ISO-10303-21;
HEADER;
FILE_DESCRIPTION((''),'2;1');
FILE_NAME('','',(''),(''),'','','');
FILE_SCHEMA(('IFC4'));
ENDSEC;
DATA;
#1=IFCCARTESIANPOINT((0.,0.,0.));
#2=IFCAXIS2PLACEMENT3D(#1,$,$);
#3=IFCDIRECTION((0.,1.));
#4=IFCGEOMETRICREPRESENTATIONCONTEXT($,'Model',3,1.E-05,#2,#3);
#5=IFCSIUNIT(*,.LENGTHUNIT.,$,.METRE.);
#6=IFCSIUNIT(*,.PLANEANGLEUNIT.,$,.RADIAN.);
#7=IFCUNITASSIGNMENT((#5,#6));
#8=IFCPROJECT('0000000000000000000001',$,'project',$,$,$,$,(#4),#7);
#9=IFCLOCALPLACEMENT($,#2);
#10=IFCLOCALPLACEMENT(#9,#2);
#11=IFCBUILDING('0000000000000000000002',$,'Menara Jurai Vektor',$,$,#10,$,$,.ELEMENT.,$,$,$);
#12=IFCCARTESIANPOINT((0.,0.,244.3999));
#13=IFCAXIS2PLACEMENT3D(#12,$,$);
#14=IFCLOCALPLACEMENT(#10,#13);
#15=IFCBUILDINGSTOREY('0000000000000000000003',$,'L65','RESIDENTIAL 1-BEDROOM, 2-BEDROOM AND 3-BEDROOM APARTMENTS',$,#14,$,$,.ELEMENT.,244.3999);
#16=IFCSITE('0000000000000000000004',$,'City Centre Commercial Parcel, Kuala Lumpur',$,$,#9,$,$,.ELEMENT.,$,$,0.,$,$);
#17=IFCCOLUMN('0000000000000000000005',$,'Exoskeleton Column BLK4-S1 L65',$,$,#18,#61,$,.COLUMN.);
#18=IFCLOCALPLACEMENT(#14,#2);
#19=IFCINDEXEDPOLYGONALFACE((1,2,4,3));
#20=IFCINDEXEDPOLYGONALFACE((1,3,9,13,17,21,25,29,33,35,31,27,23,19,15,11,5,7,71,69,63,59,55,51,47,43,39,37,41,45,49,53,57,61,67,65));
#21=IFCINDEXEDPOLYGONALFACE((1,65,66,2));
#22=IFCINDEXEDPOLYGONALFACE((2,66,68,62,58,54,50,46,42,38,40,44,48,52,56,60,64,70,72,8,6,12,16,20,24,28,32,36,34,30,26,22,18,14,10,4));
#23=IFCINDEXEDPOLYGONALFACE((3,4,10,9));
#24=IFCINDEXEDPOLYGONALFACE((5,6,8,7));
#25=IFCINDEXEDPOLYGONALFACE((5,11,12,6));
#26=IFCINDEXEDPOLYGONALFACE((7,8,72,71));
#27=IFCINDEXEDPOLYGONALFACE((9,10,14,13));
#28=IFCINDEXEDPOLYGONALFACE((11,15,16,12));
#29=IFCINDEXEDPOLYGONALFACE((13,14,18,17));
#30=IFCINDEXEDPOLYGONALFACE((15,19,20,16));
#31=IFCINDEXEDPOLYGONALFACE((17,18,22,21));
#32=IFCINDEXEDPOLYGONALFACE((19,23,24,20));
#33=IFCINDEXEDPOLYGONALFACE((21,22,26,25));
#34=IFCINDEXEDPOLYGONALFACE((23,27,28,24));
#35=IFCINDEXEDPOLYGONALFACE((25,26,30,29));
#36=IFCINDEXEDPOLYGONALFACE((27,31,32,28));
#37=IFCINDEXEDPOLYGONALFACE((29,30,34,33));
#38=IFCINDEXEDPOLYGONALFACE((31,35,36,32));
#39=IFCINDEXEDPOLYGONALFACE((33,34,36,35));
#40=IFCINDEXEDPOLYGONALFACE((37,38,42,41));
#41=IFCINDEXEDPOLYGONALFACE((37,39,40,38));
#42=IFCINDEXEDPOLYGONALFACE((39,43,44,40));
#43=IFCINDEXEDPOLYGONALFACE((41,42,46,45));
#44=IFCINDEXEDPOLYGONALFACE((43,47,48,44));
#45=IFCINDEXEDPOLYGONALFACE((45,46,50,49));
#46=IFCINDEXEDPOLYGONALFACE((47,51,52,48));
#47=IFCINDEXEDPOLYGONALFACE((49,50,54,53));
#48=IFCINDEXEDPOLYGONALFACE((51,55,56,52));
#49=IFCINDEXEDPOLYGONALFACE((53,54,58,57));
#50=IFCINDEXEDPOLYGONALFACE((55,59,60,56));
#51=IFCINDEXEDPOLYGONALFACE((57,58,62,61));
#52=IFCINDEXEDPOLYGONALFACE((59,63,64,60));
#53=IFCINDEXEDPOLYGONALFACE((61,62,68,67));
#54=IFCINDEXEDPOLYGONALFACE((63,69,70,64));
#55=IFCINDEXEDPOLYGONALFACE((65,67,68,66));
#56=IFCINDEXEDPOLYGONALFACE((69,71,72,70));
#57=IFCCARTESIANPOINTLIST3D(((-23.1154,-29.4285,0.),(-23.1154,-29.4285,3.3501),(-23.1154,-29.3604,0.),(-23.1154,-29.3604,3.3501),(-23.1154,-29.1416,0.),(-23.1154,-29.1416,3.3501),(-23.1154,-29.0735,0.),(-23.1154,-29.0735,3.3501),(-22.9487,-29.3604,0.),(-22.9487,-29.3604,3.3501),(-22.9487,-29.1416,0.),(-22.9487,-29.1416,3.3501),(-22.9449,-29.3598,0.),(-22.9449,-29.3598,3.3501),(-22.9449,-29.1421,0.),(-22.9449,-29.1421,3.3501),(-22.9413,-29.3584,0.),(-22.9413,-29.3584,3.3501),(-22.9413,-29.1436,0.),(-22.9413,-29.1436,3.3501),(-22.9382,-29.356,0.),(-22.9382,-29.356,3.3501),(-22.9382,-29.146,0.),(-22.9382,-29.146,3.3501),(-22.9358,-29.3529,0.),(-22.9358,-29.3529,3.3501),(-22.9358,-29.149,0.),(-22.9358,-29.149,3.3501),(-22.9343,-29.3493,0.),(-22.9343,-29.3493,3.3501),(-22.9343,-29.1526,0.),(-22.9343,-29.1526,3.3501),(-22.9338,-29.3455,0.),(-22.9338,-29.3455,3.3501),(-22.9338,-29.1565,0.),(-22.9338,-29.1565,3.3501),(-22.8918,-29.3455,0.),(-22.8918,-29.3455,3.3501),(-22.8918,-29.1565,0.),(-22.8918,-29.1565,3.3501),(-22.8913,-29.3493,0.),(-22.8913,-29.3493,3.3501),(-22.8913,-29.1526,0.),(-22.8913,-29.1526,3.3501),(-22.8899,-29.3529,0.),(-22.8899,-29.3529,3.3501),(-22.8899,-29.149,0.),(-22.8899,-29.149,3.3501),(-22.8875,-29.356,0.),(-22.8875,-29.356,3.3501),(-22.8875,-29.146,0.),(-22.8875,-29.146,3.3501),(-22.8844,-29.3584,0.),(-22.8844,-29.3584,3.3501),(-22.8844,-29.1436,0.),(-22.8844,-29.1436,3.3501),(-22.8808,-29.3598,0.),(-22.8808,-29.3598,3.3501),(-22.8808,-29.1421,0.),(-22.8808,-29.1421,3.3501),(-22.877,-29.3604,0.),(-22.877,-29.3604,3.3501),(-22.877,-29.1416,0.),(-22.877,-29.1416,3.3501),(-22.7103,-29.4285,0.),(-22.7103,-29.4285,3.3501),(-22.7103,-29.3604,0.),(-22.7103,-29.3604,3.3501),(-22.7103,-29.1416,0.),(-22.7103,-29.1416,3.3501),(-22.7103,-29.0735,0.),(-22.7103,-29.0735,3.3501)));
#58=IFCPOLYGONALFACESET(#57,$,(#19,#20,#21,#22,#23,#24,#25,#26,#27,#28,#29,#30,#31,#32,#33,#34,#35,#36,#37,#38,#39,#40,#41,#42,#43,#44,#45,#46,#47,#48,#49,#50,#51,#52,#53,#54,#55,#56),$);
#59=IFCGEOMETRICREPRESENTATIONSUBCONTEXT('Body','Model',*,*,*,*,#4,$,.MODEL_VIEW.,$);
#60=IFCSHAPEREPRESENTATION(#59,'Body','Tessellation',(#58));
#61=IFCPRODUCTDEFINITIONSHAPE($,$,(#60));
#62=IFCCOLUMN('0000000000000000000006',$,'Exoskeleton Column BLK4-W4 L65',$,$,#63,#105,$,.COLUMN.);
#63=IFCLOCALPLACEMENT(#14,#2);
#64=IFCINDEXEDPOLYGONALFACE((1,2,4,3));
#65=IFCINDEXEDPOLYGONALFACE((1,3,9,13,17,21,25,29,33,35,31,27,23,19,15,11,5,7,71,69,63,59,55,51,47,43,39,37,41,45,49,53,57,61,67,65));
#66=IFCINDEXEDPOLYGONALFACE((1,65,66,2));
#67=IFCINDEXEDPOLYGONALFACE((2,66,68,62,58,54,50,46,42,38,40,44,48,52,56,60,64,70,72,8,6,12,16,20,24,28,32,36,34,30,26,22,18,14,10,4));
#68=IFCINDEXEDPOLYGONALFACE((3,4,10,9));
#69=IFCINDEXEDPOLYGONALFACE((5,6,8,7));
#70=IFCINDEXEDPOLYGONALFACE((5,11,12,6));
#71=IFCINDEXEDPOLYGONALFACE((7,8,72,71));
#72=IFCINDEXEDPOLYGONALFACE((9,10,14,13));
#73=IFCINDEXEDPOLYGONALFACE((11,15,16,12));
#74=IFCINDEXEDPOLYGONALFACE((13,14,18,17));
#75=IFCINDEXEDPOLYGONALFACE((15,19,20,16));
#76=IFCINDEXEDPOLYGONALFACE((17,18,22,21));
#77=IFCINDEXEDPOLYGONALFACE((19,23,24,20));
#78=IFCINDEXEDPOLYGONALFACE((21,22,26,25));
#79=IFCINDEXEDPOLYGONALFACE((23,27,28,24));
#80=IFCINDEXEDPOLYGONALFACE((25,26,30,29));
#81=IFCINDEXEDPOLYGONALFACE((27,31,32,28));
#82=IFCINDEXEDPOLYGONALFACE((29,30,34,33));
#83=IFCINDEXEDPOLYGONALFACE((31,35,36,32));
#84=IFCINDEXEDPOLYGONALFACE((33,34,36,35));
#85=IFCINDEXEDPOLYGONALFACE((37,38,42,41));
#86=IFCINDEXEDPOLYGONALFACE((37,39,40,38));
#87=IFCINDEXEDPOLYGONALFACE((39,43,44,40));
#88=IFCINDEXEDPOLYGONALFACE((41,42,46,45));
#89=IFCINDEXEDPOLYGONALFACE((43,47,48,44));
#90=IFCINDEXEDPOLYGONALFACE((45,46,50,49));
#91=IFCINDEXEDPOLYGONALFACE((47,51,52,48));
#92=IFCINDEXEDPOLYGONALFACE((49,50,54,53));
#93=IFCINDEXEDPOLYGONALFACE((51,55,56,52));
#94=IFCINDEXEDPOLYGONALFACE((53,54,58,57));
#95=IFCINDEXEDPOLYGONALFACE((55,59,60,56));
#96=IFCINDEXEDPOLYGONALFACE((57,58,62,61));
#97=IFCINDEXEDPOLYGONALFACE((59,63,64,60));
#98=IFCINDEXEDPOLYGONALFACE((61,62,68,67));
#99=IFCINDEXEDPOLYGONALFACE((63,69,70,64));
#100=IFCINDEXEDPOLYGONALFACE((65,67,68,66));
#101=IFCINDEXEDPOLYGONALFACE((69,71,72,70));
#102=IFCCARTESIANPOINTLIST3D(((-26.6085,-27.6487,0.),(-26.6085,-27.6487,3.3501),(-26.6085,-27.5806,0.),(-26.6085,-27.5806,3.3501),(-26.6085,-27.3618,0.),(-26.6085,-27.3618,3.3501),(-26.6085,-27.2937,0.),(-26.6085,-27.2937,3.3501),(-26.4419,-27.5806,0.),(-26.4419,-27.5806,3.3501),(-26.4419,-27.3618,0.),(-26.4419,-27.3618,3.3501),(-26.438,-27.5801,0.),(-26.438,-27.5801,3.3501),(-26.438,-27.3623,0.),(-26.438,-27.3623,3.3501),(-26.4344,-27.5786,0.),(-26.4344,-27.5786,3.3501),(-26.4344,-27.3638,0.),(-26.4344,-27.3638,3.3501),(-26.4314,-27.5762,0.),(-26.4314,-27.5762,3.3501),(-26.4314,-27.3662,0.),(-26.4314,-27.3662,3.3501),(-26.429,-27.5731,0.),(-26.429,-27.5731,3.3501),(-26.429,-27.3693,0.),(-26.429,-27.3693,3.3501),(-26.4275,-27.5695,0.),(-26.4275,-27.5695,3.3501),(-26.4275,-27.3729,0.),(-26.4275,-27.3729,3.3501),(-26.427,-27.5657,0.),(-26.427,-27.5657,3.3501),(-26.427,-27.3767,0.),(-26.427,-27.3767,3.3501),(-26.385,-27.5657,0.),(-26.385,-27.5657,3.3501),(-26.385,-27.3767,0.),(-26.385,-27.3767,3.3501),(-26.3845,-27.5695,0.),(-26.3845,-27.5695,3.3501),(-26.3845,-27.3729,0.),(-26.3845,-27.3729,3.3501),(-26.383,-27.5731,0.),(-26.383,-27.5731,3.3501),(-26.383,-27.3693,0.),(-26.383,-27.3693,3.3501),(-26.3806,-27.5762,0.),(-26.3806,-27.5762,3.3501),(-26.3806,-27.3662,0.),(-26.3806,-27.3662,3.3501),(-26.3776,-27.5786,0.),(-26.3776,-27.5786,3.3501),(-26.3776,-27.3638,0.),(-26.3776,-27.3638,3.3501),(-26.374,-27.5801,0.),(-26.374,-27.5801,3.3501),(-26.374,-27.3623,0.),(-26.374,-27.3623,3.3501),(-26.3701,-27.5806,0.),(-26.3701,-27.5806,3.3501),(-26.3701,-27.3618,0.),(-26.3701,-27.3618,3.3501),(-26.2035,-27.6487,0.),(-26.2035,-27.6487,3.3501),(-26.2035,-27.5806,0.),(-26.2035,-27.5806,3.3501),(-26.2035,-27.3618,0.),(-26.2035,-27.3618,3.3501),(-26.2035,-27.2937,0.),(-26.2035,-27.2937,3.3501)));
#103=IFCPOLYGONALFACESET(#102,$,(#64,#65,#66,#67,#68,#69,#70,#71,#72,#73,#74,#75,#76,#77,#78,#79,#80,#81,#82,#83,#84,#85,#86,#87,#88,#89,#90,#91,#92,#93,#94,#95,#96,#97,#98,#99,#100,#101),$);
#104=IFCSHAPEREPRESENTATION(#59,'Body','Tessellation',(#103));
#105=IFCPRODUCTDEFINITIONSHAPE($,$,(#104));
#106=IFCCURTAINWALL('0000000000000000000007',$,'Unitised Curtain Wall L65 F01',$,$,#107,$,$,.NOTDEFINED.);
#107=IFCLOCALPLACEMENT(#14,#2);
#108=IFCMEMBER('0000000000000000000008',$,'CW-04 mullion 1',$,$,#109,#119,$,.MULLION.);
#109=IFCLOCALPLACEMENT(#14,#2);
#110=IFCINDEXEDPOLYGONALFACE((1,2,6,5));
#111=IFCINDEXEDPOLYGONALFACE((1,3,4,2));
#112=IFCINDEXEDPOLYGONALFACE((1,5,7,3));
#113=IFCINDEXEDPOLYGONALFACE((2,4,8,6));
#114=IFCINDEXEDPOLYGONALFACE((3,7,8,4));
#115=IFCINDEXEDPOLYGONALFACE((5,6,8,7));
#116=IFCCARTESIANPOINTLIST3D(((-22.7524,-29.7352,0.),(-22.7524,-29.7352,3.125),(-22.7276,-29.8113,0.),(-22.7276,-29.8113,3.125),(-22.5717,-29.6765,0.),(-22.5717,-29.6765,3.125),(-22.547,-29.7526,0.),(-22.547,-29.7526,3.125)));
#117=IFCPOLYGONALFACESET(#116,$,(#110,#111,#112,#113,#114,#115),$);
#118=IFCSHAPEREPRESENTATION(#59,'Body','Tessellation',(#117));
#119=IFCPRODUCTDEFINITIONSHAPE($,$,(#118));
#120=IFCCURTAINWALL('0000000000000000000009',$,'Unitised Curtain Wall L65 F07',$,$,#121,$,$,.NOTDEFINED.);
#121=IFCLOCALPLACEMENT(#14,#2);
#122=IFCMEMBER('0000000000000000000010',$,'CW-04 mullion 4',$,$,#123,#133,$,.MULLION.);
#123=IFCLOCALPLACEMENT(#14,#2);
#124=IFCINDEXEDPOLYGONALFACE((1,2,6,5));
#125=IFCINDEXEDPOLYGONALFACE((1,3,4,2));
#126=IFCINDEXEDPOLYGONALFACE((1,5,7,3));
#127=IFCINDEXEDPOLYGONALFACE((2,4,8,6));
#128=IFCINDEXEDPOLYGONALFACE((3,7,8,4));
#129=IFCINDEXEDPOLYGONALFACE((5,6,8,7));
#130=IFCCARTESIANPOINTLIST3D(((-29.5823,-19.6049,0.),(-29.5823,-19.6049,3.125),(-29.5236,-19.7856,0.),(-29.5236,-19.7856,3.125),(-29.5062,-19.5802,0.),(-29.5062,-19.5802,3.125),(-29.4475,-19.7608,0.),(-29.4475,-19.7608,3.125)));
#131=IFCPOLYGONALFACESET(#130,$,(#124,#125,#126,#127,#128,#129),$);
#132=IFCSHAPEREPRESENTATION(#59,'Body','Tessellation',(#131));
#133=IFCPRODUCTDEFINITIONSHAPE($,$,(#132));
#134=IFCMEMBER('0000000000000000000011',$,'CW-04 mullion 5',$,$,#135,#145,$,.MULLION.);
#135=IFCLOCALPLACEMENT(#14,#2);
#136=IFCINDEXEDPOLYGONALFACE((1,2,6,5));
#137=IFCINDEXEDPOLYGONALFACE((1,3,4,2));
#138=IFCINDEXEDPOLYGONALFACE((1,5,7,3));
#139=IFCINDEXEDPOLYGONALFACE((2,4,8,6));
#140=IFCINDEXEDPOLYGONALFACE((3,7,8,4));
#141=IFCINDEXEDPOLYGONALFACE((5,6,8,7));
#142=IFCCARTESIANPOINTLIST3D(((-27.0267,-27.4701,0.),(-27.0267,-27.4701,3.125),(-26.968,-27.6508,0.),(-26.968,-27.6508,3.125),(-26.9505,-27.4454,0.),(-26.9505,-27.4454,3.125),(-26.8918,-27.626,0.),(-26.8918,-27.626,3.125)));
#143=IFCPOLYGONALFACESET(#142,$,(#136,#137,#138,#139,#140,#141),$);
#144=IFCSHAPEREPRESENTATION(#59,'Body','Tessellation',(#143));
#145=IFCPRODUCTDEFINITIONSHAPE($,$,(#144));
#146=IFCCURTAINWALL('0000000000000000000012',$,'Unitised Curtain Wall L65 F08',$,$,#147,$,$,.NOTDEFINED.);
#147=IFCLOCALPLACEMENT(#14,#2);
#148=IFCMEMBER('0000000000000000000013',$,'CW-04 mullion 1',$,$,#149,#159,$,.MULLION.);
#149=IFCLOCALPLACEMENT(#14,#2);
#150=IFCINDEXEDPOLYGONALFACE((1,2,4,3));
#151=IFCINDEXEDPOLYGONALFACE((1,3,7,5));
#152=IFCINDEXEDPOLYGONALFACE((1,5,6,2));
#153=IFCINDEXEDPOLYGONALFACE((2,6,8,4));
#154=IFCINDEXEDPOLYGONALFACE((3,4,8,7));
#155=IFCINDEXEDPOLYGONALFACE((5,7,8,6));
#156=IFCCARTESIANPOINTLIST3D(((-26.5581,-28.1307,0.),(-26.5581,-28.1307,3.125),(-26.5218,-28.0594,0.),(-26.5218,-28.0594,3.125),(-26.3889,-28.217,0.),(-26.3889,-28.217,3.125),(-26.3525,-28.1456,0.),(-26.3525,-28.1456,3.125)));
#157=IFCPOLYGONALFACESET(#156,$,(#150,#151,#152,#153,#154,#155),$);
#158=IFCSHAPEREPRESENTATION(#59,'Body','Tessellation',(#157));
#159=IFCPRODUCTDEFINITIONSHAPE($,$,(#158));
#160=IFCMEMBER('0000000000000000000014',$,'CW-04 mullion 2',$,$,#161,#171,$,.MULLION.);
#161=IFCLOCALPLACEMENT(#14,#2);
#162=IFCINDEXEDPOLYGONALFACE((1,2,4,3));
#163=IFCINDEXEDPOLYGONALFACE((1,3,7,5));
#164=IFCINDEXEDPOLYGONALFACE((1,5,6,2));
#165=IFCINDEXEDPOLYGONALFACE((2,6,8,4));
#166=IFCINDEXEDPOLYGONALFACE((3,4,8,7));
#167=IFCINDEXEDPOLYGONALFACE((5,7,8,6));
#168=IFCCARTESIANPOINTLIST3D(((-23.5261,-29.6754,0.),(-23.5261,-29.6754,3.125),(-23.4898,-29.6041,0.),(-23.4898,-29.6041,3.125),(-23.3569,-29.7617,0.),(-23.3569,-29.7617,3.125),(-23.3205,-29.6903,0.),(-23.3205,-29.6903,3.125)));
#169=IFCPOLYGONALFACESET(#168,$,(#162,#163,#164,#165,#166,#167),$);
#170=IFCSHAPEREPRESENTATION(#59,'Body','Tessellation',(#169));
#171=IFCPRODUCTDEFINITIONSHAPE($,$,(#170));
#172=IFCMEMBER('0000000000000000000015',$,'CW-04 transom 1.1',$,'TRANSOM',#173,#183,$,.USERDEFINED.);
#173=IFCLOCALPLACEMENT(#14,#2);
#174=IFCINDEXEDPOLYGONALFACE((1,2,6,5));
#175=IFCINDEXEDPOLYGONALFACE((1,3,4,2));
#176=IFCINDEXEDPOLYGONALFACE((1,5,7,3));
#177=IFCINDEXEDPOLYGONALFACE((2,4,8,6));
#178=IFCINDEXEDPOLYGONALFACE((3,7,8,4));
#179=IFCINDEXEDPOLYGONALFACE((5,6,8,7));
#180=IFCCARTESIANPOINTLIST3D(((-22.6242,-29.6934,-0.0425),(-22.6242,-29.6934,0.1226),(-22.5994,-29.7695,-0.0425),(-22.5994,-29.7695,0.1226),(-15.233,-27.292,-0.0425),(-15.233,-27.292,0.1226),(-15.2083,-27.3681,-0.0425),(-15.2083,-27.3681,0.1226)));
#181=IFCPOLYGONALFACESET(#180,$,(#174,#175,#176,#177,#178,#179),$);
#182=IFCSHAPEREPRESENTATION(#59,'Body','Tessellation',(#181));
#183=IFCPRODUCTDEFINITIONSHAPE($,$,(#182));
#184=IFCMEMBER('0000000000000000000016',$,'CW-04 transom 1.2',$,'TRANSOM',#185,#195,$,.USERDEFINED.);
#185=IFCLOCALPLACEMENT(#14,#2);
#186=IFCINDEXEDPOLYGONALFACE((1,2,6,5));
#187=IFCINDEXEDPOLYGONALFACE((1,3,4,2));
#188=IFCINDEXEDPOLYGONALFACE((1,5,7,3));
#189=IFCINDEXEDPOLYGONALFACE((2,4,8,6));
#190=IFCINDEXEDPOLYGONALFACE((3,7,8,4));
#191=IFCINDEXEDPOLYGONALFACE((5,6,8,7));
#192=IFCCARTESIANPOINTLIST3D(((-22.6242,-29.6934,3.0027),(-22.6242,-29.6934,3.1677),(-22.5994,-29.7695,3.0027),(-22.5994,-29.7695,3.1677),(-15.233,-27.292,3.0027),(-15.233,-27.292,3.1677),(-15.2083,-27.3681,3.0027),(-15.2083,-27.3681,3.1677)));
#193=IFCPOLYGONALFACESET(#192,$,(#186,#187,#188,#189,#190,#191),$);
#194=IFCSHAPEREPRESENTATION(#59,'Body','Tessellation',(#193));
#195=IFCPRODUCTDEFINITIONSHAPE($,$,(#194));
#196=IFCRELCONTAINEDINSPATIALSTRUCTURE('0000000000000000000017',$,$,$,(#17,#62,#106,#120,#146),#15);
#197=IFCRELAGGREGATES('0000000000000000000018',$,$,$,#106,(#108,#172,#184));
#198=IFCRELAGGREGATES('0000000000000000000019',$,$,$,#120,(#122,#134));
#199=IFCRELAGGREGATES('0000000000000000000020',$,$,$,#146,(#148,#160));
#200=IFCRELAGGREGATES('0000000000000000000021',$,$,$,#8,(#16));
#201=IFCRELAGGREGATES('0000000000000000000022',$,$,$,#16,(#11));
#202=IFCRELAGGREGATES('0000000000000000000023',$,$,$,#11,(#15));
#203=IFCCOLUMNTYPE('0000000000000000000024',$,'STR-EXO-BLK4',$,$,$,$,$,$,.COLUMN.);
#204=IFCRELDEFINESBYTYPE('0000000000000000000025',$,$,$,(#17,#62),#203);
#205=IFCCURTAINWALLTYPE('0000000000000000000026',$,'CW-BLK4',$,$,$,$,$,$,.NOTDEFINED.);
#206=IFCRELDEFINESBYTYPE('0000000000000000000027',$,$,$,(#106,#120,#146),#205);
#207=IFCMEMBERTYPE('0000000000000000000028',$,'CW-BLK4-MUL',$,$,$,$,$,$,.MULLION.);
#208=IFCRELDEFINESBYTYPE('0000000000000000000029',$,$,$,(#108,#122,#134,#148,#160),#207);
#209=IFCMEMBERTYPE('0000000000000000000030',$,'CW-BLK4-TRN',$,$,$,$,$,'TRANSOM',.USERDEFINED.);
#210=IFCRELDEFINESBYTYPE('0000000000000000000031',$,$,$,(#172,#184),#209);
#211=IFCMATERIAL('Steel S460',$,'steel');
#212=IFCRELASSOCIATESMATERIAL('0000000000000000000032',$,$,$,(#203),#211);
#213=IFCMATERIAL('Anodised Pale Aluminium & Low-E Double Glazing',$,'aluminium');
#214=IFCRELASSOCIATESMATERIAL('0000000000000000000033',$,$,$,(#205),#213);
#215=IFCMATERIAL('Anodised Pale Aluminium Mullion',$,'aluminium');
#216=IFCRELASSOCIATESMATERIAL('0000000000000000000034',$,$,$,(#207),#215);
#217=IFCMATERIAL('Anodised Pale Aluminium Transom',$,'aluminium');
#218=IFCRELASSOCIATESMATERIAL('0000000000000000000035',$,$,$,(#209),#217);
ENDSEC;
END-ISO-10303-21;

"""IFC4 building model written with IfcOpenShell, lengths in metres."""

from ifc_helpers import new_model, si_unit, direction, frame, origin, origin_2d, place, context, subcontext, project, spatial, rectangle, i_section, extrude, material, material_profile, profile_set, type_object, element, aggregate, save


model = new_model("IFC4")

# Units and contexts
model_context = context("Model", 3, precision=1e-05, world=origin(), true_north=direction((0.0, 1.0)))
body_context = subcontext(model_context, "Body", "Model", "MODEL_VIEW")
ifc_project = project(units=[si_unit("LENGTHUNIT", "METRE"), si_unit("PLANEANGLEUNIT", "RADIAN")], contexts=[model_context])

# Site, building, storey
site_placement = place(None, origin())
site = spatial("IfcSite", under=ifc_project, at=site_placement, Name="City Centre Commercial Parcel, Kuala Lumpur", CompositionType="ELEMENT", RefElevation=0.0)
building_placement = place(site_placement, origin())
building = spatial("IfcBuilding", under=site, at=building_placement, Name="Menara Jurai Vektor", CompositionType="ELEMENT")
storey_placement = place(building_placement, frame((0.0, 0.0, 244.3999)))
storey = spatial("IfcBuildingStorey", under=building, at=storey_placement, Name="L65", Description="RESIDENTIAL 1-BEDROOM, 2-BEDROOM AND 3-BEDROOM APARTMENTS", CompositionType="ELEMENT", Elevation=244.3999)

# Columns
ifc_material_1 = material(Name="Steel S460", Category="steel")
ifc_material_profile_1 = material_profile(ifc_material_1, i_section(OverallWidth=0.405, OverallDepth=0.355, WebThickness=0.042, FlangeThickness=0.0681, FilletRadius=0.0149, at=origin_2d()), Name="HD 400x551")
ifc_profile_set_1 = profile_set([ifc_material_profile_1], Name="Steel S460")
column_type = type_object("IfcColumnType", Name="STR-EXO-BLK4", PredefinedType="COLUMN", material=ifc_profile_set_1)
for number, where, z_axis, x_axis, name in (
    (1, (-22.9128, -29.251, 0.0), (0.0, 0.0, 1.0), (1.0, 0.0, 0.0), "Exoskeleton Column BLK4-S1 L65"),
    (2, (-26.406, -27.4712, 0.0), (0.0, 0.0, 1.0), (1.0, 0.0, 0.0), "Exoskeleton Column BLK4-W4 L65"),
):
    element("IfcColumn", number, at=place(storey_placement, frame(where, z_axis=z_axis, x_axis=x_axis)), inside=storey, type_object=column_type, Name=name, PredefinedType="COLUMN", context=body_context, shape_type="SweptSolid", body=[
        extrude(i_section(OverallWidth=0.405, OverallDepth=0.355, WebThickness=0.042, FlangeThickness=0.0681, FilletRadius=0.0149, at=origin_2d()), origin(), (0.0, 0.0, 1.0), 3.3501),
    ])

# Curtain wall, member
ifc_material_2 = material(Name="Anodised Pale Aluminium & Low-E Double Glazing", Category="aluminium")
curtain_wall_type = type_object("IfcCurtainWallType", Name="CW-BLK4", PredefinedType="NOTDEFINED", material=ifc_material_2)
curtain_wall_1_placement = place(storey_placement, origin())
curtain_wall_1 = element("IfcCurtainWall", 3, at=curtain_wall_1_placement, inside=storey, type_object=curtain_wall_type, Name="Unitised Curtain Wall L65 F01", PredefinedType="NOTDEFINED")
ifc_material_3 = material(Name="Anodised Pale Aluminium Mullion", Category="aluminium")
ifc_material_profile_2 = material_profile(ifc_material_3, rectangle(XDim=0.0801, YDim=0.1899, at=origin_2d()), Name="ALU MUL 80x190")
ifc_profile_set_2 = profile_set([ifc_material_profile_2], Name="Anodised Pale Aluminium Mullion")
member_type_1 = type_object("IfcMemberType", Name="CW-BLK4-MUL", PredefinedType="MULLION", material=ifc_profile_set_2)
member_1_placement = place(storey_placement, frame((-22.6497, -29.7439, 0.0), z_axis=(0.0, 0.0, 1.0), x_axis=(-0.309017, 0.951056, 0.0)))
member_1 = element("IfcMember", 4, at=member_1_placement, type_object=member_type_1, Name="CW-04 mullion 1", PredefinedType="MULLION", context=body_context, shape_type="SweptSolid", body=[
    extrude(rectangle(XDim=0.0801, YDim=0.1899, at=origin_2d()), origin(), (0.0, 0.0, 1.0), 3.125),
])

# Curtain walls, members
curtain_wall_2_placement = place(storey_placement, origin())
curtain_wall_2 = element("IfcCurtainWall", 5, at=curtain_wall_2_placement, inside=storey, type_object=curtain_wall_type, Name="Unitised Curtain Wall L65 F07", PredefinedType="NOTDEFINED")
member_2_placement = place(storey_placement, frame((-29.5149, -19.6829, 0.0), z_axis=(0.0, 0.0, 1.0), x_axis=(0.951057, 0.309016, 0.0)))
member_2 = element("IfcMember", 6, at=member_2_placement, type_object=member_type_1, Name="CW-04 mullion 4", PredefinedType="MULLION", context=body_context, shape_type="SweptSolid", body=[
    extrude(rectangle(XDim=0.0801, YDim=0.1899, at=origin_2d()), origin(), (0.0, 0.0, 1.0), 3.125),
])
member_3_placement = place(storey_placement, frame((-26.9592, -27.5481, 0.0), z_axis=(0.0, 0.0, 1.0), x_axis=(0.951057, 0.309016, 0.0)))
member_3 = element("IfcMember", 7, at=member_3_placement, type_object=member_type_1, Name="CW-04 mullion 5", PredefinedType="MULLION", context=body_context, shape_type="SweptSolid", body=[
    extrude(rectangle(XDim=0.0801, YDim=0.1899, at=origin_2d()), origin(), (0.0, 0.0, 1.0), 3.125),
])
curtain_wall_3_placement = place(storey_placement, origin())
curtain_wall_3 = element("IfcCurtainWall", 8, at=curtain_wall_3_placement, inside=storey, type_object=curtain_wall_type, Name="Unitised Curtain Wall L65 F08", PredefinedType="NOTDEFINED")
member_4_placement = place(storey_placement, frame((-26.4553, -28.1382, 0.0), z_axis=(0.0, 0.0, 1.0), x_axis=(0.453989, 0.891008, 0.0)))
member_4 = element("IfcMember", 9, at=member_4_placement, type_object=member_type_1, Name="CW-04 mullion 1", PredefinedType="MULLION", context=body_context, shape_type="SweptSolid", body=[
    extrude(rectangle(XDim=0.0801, YDim=0.1899, at=origin_2d()), origin(), (0.0, 0.0, 1.0), 3.125),
])
member_5_placement = place(storey_placement, frame((-23.4233, -29.6829, 0.0), z_axis=(0.0, 0.0, 1.0), x_axis=(0.453989, 0.891008, 0.0)))
member_5 = element("IfcMember", 10, at=member_5_placement, type_object=member_type_1, Name="CW-04 mullion 2", PredefinedType="MULLION", context=body_context, shape_type="SweptSolid", body=[
    extrude(rectangle(XDim=0.0801, YDim=0.1899, at=origin_2d()), origin(), (0.0, 0.0, 1.0), 3.125),
])

# Members
ifc_material_4 = material(Name="Anodised Pale Aluminium Transom", Category="aluminium")
ifc_material_profile_3 = material_profile(ifc_material_4, rectangle(XDim=0.0801, YDim=0.165, at=origin_2d()), Name="ALU TRN 80x165")
ifc_profile_set_3 = profile_set([ifc_material_profile_3], Name="Anodised Pale Aluminium Transom")
member_type_2 = type_object("IfcMemberType", Name="CW-BLK4-TRN", ElementType="TRANSOM", PredefinedType="USERDEFINED", material=ifc_profile_set_3)
member_6_placement = place(storey_placement, frame((-22.6118, -29.7314, 0.04), z_axis=(0.951062, 0.308999, 0.0), x_axis=(-0.308999, 0.951062, 0.0)))
member_6 = element("IfcMember", 11, at=member_6_placement, type_object=member_type_2, Name="CW-04 transom 1.1", ObjectType="TRANSOM", PredefinedType="USERDEFINED", context=body_context, shape_type="SweptSolid", body=[
    extrude(rectangle(XDim=0.0801, YDim=0.165, at=origin_2d()), origin(), (0.0, 0.0, 1.0), 7.7715),
])
member_7_placement = place(storey_placement, frame((-22.6118, -29.7314, 3.0852), z_axis=(0.951062, 0.308999, 0.0), x_axis=(-0.308999, 0.951062, 0.0)))
member_7 = element("IfcMember", 12, at=member_7_placement, type_object=member_type_2, Name="CW-04 transom 1.2", ObjectType="TRANSOM", PredefinedType="USERDEFINED", context=body_context, shape_type="SweptSolid", body=[
    extrude(rectangle(XDim=0.0801, YDim=0.165, at=origin_2d()), origin(), (0.0, 0.0, 1.0), 7.7715),
])
aggregate(curtain_wall_1, [member_1, member_6, member_7])

aggregate(curtain_wall_2, [member_2, member_3])
aggregate(curtain_wall_3, [member_4, member_5])

save(model, "model.ifc")
